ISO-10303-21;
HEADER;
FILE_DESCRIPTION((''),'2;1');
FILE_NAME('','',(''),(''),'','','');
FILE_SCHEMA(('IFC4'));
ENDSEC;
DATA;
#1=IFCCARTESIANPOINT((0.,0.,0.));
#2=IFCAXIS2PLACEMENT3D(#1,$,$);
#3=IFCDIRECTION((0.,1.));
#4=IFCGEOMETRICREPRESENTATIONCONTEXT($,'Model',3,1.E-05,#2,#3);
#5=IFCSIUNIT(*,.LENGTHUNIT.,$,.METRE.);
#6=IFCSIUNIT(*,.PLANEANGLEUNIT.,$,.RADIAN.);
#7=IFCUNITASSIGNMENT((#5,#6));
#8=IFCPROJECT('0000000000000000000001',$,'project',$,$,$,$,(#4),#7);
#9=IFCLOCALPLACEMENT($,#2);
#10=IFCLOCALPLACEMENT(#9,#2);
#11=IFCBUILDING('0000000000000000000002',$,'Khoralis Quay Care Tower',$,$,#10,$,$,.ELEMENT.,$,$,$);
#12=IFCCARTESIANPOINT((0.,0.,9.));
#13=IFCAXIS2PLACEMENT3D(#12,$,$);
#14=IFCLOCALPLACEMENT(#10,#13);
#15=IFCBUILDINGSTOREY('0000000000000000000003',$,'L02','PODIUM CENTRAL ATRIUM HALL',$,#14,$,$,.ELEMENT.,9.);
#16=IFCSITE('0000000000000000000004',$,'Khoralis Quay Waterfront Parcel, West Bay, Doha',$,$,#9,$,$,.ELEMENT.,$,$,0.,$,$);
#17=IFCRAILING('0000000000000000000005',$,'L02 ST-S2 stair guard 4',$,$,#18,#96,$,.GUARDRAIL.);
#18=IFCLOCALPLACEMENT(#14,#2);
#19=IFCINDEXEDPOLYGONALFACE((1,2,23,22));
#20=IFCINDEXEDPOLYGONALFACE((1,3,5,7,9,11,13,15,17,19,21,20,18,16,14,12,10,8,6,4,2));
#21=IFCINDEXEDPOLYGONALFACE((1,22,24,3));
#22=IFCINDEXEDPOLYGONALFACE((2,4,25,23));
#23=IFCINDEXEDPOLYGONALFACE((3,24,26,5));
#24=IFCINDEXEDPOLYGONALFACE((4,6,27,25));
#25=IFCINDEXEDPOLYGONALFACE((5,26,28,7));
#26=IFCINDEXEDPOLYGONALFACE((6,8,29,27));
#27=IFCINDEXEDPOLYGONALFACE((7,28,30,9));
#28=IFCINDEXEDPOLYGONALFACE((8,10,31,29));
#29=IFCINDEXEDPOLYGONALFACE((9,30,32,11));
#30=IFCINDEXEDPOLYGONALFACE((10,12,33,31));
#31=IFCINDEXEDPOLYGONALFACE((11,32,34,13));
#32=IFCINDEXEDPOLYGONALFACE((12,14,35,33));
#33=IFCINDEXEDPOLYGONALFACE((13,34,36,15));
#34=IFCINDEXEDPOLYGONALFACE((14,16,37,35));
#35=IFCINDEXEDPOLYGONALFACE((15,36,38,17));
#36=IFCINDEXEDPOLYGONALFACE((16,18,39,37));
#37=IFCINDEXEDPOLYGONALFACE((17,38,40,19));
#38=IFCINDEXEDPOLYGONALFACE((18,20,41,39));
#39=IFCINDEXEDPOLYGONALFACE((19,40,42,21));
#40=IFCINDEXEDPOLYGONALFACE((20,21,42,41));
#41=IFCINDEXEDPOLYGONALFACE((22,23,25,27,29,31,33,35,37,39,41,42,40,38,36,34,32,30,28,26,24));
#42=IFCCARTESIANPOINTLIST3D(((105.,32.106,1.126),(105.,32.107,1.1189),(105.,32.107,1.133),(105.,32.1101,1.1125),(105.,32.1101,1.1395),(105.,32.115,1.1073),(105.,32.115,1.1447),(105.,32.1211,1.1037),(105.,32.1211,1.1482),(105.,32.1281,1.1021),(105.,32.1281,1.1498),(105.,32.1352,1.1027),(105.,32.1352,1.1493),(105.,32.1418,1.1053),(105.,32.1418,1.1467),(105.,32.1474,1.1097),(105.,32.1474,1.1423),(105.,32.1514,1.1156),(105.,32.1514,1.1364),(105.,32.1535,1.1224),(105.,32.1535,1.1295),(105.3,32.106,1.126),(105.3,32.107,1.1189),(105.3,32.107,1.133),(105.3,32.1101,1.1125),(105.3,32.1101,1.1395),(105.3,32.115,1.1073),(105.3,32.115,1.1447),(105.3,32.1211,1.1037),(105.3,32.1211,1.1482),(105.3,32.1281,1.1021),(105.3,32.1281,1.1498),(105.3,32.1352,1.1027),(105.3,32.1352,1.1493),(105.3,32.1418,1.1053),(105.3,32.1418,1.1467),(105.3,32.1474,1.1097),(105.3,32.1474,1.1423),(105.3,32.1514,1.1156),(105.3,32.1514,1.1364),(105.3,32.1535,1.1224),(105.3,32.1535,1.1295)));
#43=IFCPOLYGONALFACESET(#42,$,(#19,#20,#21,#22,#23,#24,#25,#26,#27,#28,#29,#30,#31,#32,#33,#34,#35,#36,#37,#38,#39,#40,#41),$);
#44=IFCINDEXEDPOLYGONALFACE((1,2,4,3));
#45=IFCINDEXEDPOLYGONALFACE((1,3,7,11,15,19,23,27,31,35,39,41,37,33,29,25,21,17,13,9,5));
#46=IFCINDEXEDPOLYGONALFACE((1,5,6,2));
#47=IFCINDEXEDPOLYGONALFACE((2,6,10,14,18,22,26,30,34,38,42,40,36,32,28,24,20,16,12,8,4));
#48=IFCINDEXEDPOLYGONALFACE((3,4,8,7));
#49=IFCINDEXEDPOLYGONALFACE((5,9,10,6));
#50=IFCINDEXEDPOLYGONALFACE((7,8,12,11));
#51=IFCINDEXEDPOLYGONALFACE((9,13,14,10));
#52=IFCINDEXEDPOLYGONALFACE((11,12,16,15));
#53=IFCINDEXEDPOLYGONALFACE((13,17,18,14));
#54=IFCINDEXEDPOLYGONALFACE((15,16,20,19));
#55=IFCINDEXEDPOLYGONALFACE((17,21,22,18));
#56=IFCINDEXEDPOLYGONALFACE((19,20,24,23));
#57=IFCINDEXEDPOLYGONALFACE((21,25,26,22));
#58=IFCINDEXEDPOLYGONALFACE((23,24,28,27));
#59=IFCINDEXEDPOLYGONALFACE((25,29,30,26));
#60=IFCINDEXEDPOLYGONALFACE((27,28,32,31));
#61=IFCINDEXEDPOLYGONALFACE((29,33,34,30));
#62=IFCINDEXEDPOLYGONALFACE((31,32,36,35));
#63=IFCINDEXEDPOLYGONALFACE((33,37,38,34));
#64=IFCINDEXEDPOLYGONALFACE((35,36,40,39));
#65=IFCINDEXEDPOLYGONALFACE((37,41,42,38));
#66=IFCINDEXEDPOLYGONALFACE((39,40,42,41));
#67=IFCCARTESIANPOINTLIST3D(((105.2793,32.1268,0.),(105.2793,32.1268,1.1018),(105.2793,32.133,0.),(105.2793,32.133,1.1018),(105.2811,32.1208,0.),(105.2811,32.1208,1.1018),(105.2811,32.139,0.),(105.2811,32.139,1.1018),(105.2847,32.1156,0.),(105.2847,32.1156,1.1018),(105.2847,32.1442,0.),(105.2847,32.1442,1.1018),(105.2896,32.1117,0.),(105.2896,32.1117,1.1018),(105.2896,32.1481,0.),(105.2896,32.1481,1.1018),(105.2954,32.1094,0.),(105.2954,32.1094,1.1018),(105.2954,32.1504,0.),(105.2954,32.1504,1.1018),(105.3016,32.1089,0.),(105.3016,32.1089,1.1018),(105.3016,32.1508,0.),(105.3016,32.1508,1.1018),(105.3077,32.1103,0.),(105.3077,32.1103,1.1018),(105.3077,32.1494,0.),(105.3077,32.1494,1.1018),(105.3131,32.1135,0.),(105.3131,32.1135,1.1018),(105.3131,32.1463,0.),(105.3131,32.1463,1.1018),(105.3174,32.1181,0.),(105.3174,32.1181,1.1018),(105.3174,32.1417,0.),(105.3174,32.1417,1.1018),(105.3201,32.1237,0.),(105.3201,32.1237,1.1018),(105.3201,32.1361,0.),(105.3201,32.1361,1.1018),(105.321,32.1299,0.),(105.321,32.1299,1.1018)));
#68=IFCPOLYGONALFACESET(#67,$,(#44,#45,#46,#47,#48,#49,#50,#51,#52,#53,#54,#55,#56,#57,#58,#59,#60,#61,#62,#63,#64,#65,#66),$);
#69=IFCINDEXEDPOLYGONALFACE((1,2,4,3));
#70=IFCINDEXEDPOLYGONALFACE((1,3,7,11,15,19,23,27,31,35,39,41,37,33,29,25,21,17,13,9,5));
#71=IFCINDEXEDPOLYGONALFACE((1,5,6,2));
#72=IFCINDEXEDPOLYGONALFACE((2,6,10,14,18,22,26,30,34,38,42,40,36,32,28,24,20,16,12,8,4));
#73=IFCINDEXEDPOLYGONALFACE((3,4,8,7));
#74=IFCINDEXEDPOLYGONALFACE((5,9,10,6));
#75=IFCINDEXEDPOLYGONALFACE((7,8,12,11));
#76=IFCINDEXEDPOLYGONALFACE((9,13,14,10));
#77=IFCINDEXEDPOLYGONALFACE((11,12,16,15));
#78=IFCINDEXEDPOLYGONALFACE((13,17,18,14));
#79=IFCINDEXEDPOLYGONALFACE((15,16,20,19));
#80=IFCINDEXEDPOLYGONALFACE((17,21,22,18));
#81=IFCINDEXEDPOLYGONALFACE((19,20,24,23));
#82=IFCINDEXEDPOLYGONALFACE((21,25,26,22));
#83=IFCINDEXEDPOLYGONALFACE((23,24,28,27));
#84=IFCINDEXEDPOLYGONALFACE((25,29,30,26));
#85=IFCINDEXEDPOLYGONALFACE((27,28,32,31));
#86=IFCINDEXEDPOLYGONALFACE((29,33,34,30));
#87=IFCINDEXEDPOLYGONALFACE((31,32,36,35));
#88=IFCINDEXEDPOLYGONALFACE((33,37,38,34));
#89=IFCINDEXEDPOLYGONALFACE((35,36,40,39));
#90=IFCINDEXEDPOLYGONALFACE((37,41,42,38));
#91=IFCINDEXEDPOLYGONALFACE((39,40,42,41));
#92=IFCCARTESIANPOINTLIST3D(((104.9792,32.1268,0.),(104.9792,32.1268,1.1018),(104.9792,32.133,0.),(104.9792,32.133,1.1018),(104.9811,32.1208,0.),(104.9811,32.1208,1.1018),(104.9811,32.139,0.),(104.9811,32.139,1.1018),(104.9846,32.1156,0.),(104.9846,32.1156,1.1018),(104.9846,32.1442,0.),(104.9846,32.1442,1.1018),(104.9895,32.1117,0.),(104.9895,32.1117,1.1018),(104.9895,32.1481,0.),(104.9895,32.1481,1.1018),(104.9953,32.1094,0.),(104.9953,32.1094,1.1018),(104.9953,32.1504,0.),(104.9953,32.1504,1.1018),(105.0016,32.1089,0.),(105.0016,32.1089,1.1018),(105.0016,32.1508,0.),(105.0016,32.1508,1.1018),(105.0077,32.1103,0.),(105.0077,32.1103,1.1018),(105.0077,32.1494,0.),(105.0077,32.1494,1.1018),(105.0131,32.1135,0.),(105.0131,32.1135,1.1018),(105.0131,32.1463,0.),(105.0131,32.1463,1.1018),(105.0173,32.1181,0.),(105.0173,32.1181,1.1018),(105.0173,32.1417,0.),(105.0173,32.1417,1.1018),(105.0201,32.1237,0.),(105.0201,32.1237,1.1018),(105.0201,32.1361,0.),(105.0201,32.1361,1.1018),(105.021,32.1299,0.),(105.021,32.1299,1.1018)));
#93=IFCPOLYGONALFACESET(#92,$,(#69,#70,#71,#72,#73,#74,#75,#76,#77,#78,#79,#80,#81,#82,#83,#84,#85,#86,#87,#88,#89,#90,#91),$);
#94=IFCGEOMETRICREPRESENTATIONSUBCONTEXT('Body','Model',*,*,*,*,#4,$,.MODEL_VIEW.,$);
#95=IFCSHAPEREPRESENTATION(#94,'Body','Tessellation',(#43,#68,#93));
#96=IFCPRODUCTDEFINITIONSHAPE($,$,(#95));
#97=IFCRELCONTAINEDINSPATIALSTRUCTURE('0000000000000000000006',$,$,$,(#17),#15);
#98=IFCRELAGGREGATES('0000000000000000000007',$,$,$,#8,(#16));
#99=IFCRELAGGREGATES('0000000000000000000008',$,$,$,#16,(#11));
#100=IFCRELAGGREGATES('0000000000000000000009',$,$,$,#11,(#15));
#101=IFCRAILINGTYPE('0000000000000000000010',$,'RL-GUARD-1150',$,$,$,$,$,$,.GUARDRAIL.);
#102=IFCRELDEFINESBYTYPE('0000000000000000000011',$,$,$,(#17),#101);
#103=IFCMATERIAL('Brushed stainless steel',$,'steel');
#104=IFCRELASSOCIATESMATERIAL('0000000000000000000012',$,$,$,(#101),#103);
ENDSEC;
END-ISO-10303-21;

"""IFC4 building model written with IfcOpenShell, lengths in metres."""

from ifc_helpers import new_model, si_unit, direction, frame, origin, origin_2d, place, context, subcontext, project, spatial, circle, extrude, material, type_object, element, save


model = new_model("IFC4")

# Units and contexts
model_context = context("Model", 3, precision=1e-05, world=origin(), true_north=direction((0.0, 1.0)))
body_context = subcontext(model_context, "Body", "Model", "MODEL_VIEW")
ifc_project = project(units=[si_unit("LENGTHUNIT", "METRE"), si_unit("PLANEANGLEUNIT", "RADIAN")], contexts=[model_context])

# Site, building, storey
site_placement = place(None, origin())
site = spatial("IfcSite", under=ifc_project, at=site_placement, Name="Khoralis Quay Waterfront Parcel, West Bay, Doha", CompositionType="ELEMENT", RefElevation=0.0)
building_placement = place(site_placement, origin())
building = spatial("IfcBuilding", under=site, at=building_placement, Name="Khoralis Quay Care Tower", CompositionType="ELEMENT")
storey_placement = place(building_placement, frame((0.0, 0.0, 9.0)))
storey = spatial("IfcBuildingStorey", under=building, at=storey_placement, Name="L02", Description="PODIUM CENTRAL ATRIUM HALL", CompositionType="ELEMENT", Elevation=9.0)

# Railing
ifc_material_1 = material(Name="Brushed stainless steel", Category="steel")
railing_type_1 = type_object("IfcRailingType", Name="RL-GUARD-1150", PredefinedType="GUARDRAIL", material=ifc_material_1)
railing_1_placement = place(storey_placement, frame((105.3, 32.1299, 0.0)))
element("IfcRailing", 1, at=railing_1_placement, inside=storey, type_object=railing_type_1, Name="L02 ST-S2 stair guard 4", PredefinedType="GUARDRAIL", context=body_context, shape_type="SweptSolid", body=[
    extrude(circle(Radius=0.0239, at=origin_2d()), frame((0.0, 0.0, 1.126), z_axis=(-1.0, 0.0, 0.0), x_axis=(0.0, -1.0, 0.0)), (0.0, 0.0, 1.0), 0.3),
    extrude(circle(Radius=0.021, at=origin_2d()), origin(), (0.0, 0.0, 1.0), 1.1018),
    extrude(circle(Radius=0.021, at=origin_2d()), frame((-0.3, 0.0, 0.0)), (0.0, 0.0, 1.0), 1.1018),
])

save(model, "model.ifc")
